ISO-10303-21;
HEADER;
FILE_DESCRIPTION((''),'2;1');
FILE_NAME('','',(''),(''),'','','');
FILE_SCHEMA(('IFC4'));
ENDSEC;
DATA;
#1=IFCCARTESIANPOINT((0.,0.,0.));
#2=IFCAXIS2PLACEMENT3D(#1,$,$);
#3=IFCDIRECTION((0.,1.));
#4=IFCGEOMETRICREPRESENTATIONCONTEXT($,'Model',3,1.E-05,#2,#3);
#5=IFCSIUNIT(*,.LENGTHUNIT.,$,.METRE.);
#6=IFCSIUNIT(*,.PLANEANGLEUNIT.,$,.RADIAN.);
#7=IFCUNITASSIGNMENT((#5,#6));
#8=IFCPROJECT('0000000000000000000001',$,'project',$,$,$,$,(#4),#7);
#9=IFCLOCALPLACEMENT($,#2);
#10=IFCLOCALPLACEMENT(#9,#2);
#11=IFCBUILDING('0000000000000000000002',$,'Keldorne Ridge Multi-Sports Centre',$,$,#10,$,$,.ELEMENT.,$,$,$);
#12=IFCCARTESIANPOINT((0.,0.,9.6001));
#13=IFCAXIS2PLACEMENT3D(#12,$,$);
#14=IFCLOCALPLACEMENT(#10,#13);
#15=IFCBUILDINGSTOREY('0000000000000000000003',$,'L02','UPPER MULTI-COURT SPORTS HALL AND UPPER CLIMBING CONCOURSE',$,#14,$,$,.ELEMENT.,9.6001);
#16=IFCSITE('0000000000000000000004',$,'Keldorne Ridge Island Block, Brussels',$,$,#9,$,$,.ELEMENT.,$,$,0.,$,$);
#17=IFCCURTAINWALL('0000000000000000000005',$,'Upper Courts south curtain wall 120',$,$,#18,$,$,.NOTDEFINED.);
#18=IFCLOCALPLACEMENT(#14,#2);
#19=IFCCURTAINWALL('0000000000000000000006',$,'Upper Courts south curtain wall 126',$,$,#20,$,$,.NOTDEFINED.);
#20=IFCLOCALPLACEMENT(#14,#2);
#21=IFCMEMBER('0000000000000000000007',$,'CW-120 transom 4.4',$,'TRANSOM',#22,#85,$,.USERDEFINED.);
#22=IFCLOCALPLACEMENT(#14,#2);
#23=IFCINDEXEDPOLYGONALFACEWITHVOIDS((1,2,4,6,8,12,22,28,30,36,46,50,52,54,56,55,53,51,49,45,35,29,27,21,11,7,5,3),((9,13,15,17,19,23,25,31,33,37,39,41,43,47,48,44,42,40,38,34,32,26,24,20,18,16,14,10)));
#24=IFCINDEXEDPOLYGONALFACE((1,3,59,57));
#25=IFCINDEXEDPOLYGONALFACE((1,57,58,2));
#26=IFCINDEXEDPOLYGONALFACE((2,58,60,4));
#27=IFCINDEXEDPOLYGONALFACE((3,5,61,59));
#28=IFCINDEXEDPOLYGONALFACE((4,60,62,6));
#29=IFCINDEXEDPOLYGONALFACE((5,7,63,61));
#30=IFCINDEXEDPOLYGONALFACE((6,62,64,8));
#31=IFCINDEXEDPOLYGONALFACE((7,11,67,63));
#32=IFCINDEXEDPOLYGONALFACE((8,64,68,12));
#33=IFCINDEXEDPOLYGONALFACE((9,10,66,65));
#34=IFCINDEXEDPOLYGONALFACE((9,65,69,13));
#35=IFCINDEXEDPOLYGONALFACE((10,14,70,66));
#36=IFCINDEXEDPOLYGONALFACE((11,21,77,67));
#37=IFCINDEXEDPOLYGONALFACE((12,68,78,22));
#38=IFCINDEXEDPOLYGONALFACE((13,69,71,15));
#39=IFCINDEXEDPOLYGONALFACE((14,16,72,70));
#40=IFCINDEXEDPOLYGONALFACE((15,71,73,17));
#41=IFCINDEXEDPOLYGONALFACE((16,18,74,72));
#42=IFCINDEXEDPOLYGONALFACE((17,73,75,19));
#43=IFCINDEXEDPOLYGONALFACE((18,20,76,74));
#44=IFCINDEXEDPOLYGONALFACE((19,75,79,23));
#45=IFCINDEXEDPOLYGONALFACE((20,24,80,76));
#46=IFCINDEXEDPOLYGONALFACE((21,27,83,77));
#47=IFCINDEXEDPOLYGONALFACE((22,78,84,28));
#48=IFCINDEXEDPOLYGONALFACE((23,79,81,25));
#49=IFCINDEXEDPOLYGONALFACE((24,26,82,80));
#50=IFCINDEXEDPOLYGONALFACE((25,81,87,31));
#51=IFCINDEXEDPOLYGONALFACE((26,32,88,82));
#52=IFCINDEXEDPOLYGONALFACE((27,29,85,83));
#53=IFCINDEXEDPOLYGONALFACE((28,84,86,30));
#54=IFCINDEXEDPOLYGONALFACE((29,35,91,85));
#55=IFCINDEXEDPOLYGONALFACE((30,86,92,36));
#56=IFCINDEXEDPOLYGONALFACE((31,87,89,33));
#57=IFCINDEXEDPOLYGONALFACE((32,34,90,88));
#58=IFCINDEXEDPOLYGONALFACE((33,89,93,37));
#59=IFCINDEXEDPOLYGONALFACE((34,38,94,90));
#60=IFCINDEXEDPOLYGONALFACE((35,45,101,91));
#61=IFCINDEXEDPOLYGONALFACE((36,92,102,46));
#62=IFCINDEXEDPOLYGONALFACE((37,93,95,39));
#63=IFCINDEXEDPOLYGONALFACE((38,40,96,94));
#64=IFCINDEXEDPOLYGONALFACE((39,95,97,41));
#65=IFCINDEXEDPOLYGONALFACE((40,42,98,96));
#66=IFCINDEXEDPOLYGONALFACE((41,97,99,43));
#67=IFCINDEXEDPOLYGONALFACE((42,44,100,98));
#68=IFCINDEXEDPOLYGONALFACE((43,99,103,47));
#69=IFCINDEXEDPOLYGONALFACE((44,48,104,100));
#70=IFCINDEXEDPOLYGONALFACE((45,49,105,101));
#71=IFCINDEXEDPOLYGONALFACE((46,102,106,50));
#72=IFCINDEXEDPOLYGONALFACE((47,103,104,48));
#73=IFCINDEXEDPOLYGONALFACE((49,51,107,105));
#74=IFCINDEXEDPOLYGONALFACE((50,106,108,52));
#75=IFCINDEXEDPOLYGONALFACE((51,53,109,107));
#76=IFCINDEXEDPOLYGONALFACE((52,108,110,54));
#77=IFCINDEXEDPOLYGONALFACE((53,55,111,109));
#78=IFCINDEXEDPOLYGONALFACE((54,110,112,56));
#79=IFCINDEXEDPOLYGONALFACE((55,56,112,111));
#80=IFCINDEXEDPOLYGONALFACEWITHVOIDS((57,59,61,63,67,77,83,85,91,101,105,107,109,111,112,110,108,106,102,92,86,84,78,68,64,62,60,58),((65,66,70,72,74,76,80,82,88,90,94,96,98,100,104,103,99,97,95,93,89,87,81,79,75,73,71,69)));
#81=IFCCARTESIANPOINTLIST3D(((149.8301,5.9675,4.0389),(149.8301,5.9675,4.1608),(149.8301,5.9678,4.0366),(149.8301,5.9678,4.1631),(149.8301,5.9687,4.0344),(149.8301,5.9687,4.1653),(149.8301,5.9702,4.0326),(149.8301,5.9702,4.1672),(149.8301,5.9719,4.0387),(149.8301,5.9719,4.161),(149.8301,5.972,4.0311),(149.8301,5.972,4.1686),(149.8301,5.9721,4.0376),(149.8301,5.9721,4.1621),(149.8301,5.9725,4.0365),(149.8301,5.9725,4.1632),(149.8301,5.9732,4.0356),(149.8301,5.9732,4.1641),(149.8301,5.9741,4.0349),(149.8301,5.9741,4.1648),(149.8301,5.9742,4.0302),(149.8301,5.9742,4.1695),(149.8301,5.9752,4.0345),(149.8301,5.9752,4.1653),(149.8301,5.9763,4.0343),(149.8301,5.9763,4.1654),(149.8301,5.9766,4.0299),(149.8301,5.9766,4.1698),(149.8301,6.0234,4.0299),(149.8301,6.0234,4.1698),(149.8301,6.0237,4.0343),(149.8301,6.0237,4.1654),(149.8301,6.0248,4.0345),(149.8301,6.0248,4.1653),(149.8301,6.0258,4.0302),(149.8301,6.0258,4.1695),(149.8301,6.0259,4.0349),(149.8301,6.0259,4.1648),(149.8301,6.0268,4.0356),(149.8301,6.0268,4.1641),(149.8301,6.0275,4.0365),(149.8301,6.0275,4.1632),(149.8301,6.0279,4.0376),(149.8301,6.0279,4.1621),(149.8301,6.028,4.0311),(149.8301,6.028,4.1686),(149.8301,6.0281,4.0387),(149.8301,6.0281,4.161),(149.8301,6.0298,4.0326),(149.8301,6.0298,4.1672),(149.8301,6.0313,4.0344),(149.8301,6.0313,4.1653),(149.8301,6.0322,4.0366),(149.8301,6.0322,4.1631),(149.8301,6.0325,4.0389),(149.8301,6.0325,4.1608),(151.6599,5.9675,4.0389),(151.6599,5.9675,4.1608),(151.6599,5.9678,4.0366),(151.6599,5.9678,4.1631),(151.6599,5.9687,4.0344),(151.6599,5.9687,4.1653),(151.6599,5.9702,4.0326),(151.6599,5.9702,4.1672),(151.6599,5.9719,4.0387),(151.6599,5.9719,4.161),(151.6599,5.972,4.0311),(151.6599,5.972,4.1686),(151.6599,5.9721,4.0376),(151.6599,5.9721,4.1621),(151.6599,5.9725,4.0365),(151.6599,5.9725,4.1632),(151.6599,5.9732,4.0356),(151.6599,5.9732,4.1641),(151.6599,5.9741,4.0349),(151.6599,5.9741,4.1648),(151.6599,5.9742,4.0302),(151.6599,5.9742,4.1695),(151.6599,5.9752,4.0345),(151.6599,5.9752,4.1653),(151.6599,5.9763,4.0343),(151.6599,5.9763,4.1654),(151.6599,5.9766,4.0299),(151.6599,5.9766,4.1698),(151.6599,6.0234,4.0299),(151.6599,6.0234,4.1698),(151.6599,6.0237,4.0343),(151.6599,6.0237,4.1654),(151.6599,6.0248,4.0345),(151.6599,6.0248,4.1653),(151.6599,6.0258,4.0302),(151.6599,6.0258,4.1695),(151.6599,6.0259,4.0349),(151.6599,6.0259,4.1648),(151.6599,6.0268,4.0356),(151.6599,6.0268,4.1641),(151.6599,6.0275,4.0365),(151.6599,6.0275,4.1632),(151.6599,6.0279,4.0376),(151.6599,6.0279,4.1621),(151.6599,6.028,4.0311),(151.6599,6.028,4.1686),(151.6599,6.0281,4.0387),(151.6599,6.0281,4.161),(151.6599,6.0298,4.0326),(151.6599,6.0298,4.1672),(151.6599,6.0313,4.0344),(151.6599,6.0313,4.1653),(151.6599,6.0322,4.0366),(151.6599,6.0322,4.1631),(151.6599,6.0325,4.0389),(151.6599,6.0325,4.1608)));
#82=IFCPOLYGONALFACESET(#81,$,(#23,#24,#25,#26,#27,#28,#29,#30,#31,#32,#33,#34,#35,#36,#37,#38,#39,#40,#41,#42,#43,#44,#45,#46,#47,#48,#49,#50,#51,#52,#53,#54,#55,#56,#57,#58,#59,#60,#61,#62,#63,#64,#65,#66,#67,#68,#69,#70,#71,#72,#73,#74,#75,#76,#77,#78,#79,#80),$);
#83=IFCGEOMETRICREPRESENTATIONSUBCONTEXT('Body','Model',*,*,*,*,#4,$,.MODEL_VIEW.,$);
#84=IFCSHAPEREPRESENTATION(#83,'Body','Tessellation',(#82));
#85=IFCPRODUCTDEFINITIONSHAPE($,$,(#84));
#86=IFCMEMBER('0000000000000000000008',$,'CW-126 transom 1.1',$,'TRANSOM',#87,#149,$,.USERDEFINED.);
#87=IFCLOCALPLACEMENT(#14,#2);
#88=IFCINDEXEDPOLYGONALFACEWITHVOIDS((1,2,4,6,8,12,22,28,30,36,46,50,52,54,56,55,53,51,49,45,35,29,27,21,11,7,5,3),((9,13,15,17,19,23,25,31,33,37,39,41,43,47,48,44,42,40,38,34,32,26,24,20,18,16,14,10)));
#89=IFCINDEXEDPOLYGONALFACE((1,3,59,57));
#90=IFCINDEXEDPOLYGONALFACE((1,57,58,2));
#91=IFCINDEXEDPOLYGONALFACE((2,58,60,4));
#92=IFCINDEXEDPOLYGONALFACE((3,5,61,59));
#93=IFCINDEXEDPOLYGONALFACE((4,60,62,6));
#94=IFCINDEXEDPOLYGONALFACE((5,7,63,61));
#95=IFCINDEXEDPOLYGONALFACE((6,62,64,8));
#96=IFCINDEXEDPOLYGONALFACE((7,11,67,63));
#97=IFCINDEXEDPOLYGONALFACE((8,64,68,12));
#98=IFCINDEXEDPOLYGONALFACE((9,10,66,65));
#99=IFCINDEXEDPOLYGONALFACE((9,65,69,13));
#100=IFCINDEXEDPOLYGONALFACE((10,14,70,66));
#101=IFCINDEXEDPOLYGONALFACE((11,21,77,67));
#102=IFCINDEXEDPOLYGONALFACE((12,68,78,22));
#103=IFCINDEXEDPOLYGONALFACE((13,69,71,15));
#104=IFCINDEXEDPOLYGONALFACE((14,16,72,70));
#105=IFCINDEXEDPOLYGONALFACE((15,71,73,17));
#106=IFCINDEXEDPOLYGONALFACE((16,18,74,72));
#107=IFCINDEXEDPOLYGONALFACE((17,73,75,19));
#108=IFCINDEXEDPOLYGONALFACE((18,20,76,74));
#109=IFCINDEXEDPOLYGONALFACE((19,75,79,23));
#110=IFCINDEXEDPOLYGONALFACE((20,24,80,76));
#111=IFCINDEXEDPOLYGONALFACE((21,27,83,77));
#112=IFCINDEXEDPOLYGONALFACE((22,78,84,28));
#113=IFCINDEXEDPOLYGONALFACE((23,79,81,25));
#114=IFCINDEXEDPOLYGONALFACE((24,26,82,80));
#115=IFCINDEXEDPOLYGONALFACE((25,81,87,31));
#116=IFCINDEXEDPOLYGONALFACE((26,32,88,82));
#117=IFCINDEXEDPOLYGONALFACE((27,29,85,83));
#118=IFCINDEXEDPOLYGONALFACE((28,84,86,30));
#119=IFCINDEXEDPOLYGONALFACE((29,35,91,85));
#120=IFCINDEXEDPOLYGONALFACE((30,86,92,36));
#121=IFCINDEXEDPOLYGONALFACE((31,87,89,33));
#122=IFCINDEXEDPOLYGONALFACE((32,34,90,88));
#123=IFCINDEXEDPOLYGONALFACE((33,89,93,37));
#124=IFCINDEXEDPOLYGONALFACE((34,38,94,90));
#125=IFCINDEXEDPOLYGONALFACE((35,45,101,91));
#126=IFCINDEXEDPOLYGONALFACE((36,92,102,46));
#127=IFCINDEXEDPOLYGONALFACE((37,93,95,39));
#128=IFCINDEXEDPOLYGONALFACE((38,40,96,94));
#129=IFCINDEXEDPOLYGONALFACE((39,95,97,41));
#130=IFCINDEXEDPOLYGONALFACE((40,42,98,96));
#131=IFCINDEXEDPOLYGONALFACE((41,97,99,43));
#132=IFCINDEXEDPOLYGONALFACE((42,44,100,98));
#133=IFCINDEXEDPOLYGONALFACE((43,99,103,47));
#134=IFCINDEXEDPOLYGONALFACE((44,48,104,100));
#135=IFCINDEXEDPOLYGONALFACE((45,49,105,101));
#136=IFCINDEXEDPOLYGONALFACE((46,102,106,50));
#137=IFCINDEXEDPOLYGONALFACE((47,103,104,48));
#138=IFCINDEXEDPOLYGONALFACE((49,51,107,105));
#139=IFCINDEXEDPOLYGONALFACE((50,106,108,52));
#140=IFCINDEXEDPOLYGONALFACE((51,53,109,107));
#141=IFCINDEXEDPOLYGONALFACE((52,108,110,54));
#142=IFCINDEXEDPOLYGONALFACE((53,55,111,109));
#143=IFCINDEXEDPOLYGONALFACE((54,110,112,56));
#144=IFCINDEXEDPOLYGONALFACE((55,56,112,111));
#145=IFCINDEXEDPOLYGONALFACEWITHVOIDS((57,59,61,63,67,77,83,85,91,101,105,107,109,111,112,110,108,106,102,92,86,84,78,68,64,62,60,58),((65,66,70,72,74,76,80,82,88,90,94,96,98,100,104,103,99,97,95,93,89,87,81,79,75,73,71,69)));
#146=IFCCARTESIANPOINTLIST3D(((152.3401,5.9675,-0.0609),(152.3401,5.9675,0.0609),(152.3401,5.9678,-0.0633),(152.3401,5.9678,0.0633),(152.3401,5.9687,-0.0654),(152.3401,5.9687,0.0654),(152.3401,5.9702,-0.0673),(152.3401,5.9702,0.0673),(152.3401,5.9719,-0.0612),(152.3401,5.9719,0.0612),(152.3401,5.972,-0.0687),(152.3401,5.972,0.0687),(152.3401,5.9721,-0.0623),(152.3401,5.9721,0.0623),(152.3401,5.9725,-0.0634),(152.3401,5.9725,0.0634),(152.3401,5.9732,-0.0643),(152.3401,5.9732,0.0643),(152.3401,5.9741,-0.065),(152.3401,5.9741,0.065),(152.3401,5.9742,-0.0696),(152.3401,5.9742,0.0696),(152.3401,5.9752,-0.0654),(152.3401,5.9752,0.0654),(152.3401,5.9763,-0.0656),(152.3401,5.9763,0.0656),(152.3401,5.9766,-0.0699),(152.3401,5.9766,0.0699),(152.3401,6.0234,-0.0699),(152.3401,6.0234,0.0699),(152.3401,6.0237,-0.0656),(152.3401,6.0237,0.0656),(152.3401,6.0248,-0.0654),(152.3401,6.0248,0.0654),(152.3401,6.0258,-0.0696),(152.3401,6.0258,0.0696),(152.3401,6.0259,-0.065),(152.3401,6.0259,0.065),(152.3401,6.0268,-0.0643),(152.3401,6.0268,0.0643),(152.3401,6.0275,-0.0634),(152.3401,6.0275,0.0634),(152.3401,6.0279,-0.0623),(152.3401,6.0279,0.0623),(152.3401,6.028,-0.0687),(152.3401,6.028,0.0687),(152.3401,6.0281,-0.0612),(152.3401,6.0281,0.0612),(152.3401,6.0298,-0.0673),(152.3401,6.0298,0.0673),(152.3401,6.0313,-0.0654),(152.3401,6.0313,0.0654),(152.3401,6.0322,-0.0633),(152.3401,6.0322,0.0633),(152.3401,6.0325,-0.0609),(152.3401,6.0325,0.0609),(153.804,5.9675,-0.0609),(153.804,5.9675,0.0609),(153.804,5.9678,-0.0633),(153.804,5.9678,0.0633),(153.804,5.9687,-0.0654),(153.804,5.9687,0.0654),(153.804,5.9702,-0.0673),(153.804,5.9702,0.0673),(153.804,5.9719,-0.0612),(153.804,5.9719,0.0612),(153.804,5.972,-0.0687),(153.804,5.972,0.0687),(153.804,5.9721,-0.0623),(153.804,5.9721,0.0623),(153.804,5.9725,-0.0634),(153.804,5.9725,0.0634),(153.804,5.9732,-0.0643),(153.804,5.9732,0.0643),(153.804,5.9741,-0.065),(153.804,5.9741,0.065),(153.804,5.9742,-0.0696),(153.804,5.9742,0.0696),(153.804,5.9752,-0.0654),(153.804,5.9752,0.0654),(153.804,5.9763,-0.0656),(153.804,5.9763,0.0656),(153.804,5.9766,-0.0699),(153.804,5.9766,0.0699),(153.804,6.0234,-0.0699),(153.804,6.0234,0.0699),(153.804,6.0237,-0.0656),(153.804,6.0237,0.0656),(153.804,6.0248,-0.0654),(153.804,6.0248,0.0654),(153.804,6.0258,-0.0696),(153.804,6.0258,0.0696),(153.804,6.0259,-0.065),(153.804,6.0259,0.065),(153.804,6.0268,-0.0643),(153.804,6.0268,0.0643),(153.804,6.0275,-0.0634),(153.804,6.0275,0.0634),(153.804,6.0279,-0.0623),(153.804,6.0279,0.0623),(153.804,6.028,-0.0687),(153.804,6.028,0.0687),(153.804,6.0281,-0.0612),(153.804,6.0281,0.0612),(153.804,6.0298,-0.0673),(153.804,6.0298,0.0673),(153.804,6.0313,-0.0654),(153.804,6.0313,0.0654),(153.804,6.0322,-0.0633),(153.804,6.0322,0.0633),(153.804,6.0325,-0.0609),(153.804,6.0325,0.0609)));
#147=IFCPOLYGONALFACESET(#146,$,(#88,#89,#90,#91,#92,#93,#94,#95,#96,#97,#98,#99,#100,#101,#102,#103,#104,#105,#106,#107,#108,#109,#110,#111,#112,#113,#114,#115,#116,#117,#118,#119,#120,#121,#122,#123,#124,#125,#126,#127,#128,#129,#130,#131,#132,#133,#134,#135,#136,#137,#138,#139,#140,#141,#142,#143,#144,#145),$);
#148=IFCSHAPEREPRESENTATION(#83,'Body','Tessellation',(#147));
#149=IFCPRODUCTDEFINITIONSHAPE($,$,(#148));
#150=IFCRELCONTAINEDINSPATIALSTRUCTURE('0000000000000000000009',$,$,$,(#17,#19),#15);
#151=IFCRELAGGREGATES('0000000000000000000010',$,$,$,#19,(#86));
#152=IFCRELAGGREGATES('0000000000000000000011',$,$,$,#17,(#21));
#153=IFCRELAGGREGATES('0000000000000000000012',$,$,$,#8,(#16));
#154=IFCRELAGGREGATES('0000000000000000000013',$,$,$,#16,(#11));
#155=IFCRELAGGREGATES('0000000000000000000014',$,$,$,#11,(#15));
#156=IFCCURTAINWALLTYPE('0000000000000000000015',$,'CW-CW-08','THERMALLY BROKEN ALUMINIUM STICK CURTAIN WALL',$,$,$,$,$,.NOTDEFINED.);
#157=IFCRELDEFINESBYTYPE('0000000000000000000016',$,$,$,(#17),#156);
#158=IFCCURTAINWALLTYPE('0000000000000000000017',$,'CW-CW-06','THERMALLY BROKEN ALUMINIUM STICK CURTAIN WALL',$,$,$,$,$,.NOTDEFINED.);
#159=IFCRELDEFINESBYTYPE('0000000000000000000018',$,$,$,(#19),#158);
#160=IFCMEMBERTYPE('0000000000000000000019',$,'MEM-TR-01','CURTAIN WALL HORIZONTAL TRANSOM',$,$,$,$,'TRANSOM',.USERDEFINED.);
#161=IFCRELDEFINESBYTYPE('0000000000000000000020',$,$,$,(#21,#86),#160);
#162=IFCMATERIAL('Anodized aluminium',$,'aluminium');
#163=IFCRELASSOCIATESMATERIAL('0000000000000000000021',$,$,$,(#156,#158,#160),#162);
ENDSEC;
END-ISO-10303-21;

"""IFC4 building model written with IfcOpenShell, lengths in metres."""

from ifc_helpers import new_model, si_unit, direction, frame, origin, origin_2d, place, context, subcontext, project, spatial, hollow_rectangle, extrude, material, material_profile, profile_set, type_object, element, aggregate, save


model = new_model("IFC4")

# Units and contexts
model_context = context("Model", 3, precision=1e-05, world=origin(), true_north=direction((0.0, 1.0)))
body_context = subcontext(model_context, "Body", "Model", "MODEL_VIEW")
ifc_project = project(units=[si_unit("LENGTHUNIT", "METRE"), si_unit("PLANEANGLEUNIT", "RADIAN")], contexts=[model_context])

# Site, building, storey
site_placement = place(None, origin())
site = spatial("IfcSite", under=ifc_project, at=site_placement, Name="Keldorne Ridge Island Block, Brussels", CompositionType="ELEMENT", RefElevation=0.0)
building_placement = place(site_placement, origin())
building = spatial("IfcBuilding", under=site, at=building_placement, Name="Keldorne Ridge Multi-Sports Centre", CompositionType="ELEMENT")
storey_placement = place(building_placement, frame((0.0, 0.0, 9.6001)))
storey = spatial("IfcBuildingStorey", under=building, at=storey_placement, Name="L02", Description="UPPER MULTI-COURT SPORTS HALL AND UPPER CLIMBING CONCOURSE", CompositionType="ELEMENT", Elevation=9.6001)

# Curtain wall
ifc_material_1 = material(Name="Anodized aluminium", Category="aluminium")
curtain_wall_type_1 = type_object("IfcCurtainWallType", Name="CW-CW-08", Description="THERMALLY BROKEN ALUMINIUM STICK CURTAIN WALL", PredefinedType="NOTDEFINED", material=ifc_material_1)
curtain_wall_1_placement = place(storey_placement, origin())
curtain_wall_1 = element("IfcCurtainWall", 1, at=curtain_wall_1_placement, inside=storey, type_object=curtain_wall_type_1, Name="Upper Courts south curtain wall 120", PredefinedType="NOTDEFINED")

# Curtain wall
curtain_wall_type_2 = type_object("IfcCurtainWallType", Name="CW-CW-06", Description="THERMALLY BROKEN ALUMINIUM STICK CURTAIN WALL", PredefinedType="NOTDEFINED", material=ifc_material_1)
curtain_wall_2_placement = place(storey_placement, origin())
curtain_wall_2 = element("IfcCurtainWall", 2, at=curtain_wall_2_placement, inside=storey, type_object=curtain_wall_type_2, Name="Upper Courts south curtain wall 126", PredefinedType="NOTDEFINED")

# Members
ifc_material_profile_1 = material_profile(ifc_material_1, hollow_rectangle(XDim=0.0649, YDim=0.1399, WallThickness=0.0044, InnerFilletRadius=0.0044, OuterFilletRadius=0.009, at=origin_2d()), Name="ALU TRANSOM 140x65x4.5")
ifc_profile_set_1 = profile_set([ifc_material_profile_1], Name="Anodized aluminium")
member_type_1 = type_object("IfcMemberType", Name="MEM-TR-01", Description="CURTAIN WALL HORIZONTAL TRANSOM", ElementType="TRANSOM", PredefinedType="USERDEFINED", material=ifc_profile_set_1)
member_1_placement = place(storey_placement, frame((149.8301, 6.0, 4.0999), z_axis=(1.0, 0.0, 0.0), x_axis=(0.0, 1.0, 0.0)))
member_1 = element("IfcMember", 3, at=member_1_placement, type_object=member_type_1, Name="CW-120 transom 4.4", ObjectType="TRANSOM", PredefinedType="USERDEFINED", context=body_context, shape_type="SweptSolid", body=[
    extrude(hollow_rectangle(XDim=0.0649, YDim=0.1399, WallThickness=0.0044, InnerFilletRadius=0.0044, OuterFilletRadius=0.009, at=origin_2d()), origin(), (0.0, 0.0, 1.0), 1.8298),
])
member_2_placement = place(storey_placement, frame((152.3401, 6.0, 0.0), z_axis=(1.0, 0.0, 0.0), x_axis=(0.0, 1.0, 0.0)))
member_2 = element("IfcMember", 4, at=member_2_placement, type_object=member_type_1, Name="CW-126 transom 1.1", ObjectType="TRANSOM", PredefinedType="USERDEFINED", context=body_context, shape_type="SweptSolid", body=[
    extrude(hollow_rectangle(XDim=0.0649, YDim=0.1399, WallThickness=0.0044, InnerFilletRadius=0.0044, OuterFilletRadius=0.009, at=origin_2d()), origin(), (0.0, 0.0, 1.0), 1.4639),
])
aggregate(curtain_wall_2, [member_2])

aggregate(curtain_wall_1, [member_1])

save(model, "model.ifc")
